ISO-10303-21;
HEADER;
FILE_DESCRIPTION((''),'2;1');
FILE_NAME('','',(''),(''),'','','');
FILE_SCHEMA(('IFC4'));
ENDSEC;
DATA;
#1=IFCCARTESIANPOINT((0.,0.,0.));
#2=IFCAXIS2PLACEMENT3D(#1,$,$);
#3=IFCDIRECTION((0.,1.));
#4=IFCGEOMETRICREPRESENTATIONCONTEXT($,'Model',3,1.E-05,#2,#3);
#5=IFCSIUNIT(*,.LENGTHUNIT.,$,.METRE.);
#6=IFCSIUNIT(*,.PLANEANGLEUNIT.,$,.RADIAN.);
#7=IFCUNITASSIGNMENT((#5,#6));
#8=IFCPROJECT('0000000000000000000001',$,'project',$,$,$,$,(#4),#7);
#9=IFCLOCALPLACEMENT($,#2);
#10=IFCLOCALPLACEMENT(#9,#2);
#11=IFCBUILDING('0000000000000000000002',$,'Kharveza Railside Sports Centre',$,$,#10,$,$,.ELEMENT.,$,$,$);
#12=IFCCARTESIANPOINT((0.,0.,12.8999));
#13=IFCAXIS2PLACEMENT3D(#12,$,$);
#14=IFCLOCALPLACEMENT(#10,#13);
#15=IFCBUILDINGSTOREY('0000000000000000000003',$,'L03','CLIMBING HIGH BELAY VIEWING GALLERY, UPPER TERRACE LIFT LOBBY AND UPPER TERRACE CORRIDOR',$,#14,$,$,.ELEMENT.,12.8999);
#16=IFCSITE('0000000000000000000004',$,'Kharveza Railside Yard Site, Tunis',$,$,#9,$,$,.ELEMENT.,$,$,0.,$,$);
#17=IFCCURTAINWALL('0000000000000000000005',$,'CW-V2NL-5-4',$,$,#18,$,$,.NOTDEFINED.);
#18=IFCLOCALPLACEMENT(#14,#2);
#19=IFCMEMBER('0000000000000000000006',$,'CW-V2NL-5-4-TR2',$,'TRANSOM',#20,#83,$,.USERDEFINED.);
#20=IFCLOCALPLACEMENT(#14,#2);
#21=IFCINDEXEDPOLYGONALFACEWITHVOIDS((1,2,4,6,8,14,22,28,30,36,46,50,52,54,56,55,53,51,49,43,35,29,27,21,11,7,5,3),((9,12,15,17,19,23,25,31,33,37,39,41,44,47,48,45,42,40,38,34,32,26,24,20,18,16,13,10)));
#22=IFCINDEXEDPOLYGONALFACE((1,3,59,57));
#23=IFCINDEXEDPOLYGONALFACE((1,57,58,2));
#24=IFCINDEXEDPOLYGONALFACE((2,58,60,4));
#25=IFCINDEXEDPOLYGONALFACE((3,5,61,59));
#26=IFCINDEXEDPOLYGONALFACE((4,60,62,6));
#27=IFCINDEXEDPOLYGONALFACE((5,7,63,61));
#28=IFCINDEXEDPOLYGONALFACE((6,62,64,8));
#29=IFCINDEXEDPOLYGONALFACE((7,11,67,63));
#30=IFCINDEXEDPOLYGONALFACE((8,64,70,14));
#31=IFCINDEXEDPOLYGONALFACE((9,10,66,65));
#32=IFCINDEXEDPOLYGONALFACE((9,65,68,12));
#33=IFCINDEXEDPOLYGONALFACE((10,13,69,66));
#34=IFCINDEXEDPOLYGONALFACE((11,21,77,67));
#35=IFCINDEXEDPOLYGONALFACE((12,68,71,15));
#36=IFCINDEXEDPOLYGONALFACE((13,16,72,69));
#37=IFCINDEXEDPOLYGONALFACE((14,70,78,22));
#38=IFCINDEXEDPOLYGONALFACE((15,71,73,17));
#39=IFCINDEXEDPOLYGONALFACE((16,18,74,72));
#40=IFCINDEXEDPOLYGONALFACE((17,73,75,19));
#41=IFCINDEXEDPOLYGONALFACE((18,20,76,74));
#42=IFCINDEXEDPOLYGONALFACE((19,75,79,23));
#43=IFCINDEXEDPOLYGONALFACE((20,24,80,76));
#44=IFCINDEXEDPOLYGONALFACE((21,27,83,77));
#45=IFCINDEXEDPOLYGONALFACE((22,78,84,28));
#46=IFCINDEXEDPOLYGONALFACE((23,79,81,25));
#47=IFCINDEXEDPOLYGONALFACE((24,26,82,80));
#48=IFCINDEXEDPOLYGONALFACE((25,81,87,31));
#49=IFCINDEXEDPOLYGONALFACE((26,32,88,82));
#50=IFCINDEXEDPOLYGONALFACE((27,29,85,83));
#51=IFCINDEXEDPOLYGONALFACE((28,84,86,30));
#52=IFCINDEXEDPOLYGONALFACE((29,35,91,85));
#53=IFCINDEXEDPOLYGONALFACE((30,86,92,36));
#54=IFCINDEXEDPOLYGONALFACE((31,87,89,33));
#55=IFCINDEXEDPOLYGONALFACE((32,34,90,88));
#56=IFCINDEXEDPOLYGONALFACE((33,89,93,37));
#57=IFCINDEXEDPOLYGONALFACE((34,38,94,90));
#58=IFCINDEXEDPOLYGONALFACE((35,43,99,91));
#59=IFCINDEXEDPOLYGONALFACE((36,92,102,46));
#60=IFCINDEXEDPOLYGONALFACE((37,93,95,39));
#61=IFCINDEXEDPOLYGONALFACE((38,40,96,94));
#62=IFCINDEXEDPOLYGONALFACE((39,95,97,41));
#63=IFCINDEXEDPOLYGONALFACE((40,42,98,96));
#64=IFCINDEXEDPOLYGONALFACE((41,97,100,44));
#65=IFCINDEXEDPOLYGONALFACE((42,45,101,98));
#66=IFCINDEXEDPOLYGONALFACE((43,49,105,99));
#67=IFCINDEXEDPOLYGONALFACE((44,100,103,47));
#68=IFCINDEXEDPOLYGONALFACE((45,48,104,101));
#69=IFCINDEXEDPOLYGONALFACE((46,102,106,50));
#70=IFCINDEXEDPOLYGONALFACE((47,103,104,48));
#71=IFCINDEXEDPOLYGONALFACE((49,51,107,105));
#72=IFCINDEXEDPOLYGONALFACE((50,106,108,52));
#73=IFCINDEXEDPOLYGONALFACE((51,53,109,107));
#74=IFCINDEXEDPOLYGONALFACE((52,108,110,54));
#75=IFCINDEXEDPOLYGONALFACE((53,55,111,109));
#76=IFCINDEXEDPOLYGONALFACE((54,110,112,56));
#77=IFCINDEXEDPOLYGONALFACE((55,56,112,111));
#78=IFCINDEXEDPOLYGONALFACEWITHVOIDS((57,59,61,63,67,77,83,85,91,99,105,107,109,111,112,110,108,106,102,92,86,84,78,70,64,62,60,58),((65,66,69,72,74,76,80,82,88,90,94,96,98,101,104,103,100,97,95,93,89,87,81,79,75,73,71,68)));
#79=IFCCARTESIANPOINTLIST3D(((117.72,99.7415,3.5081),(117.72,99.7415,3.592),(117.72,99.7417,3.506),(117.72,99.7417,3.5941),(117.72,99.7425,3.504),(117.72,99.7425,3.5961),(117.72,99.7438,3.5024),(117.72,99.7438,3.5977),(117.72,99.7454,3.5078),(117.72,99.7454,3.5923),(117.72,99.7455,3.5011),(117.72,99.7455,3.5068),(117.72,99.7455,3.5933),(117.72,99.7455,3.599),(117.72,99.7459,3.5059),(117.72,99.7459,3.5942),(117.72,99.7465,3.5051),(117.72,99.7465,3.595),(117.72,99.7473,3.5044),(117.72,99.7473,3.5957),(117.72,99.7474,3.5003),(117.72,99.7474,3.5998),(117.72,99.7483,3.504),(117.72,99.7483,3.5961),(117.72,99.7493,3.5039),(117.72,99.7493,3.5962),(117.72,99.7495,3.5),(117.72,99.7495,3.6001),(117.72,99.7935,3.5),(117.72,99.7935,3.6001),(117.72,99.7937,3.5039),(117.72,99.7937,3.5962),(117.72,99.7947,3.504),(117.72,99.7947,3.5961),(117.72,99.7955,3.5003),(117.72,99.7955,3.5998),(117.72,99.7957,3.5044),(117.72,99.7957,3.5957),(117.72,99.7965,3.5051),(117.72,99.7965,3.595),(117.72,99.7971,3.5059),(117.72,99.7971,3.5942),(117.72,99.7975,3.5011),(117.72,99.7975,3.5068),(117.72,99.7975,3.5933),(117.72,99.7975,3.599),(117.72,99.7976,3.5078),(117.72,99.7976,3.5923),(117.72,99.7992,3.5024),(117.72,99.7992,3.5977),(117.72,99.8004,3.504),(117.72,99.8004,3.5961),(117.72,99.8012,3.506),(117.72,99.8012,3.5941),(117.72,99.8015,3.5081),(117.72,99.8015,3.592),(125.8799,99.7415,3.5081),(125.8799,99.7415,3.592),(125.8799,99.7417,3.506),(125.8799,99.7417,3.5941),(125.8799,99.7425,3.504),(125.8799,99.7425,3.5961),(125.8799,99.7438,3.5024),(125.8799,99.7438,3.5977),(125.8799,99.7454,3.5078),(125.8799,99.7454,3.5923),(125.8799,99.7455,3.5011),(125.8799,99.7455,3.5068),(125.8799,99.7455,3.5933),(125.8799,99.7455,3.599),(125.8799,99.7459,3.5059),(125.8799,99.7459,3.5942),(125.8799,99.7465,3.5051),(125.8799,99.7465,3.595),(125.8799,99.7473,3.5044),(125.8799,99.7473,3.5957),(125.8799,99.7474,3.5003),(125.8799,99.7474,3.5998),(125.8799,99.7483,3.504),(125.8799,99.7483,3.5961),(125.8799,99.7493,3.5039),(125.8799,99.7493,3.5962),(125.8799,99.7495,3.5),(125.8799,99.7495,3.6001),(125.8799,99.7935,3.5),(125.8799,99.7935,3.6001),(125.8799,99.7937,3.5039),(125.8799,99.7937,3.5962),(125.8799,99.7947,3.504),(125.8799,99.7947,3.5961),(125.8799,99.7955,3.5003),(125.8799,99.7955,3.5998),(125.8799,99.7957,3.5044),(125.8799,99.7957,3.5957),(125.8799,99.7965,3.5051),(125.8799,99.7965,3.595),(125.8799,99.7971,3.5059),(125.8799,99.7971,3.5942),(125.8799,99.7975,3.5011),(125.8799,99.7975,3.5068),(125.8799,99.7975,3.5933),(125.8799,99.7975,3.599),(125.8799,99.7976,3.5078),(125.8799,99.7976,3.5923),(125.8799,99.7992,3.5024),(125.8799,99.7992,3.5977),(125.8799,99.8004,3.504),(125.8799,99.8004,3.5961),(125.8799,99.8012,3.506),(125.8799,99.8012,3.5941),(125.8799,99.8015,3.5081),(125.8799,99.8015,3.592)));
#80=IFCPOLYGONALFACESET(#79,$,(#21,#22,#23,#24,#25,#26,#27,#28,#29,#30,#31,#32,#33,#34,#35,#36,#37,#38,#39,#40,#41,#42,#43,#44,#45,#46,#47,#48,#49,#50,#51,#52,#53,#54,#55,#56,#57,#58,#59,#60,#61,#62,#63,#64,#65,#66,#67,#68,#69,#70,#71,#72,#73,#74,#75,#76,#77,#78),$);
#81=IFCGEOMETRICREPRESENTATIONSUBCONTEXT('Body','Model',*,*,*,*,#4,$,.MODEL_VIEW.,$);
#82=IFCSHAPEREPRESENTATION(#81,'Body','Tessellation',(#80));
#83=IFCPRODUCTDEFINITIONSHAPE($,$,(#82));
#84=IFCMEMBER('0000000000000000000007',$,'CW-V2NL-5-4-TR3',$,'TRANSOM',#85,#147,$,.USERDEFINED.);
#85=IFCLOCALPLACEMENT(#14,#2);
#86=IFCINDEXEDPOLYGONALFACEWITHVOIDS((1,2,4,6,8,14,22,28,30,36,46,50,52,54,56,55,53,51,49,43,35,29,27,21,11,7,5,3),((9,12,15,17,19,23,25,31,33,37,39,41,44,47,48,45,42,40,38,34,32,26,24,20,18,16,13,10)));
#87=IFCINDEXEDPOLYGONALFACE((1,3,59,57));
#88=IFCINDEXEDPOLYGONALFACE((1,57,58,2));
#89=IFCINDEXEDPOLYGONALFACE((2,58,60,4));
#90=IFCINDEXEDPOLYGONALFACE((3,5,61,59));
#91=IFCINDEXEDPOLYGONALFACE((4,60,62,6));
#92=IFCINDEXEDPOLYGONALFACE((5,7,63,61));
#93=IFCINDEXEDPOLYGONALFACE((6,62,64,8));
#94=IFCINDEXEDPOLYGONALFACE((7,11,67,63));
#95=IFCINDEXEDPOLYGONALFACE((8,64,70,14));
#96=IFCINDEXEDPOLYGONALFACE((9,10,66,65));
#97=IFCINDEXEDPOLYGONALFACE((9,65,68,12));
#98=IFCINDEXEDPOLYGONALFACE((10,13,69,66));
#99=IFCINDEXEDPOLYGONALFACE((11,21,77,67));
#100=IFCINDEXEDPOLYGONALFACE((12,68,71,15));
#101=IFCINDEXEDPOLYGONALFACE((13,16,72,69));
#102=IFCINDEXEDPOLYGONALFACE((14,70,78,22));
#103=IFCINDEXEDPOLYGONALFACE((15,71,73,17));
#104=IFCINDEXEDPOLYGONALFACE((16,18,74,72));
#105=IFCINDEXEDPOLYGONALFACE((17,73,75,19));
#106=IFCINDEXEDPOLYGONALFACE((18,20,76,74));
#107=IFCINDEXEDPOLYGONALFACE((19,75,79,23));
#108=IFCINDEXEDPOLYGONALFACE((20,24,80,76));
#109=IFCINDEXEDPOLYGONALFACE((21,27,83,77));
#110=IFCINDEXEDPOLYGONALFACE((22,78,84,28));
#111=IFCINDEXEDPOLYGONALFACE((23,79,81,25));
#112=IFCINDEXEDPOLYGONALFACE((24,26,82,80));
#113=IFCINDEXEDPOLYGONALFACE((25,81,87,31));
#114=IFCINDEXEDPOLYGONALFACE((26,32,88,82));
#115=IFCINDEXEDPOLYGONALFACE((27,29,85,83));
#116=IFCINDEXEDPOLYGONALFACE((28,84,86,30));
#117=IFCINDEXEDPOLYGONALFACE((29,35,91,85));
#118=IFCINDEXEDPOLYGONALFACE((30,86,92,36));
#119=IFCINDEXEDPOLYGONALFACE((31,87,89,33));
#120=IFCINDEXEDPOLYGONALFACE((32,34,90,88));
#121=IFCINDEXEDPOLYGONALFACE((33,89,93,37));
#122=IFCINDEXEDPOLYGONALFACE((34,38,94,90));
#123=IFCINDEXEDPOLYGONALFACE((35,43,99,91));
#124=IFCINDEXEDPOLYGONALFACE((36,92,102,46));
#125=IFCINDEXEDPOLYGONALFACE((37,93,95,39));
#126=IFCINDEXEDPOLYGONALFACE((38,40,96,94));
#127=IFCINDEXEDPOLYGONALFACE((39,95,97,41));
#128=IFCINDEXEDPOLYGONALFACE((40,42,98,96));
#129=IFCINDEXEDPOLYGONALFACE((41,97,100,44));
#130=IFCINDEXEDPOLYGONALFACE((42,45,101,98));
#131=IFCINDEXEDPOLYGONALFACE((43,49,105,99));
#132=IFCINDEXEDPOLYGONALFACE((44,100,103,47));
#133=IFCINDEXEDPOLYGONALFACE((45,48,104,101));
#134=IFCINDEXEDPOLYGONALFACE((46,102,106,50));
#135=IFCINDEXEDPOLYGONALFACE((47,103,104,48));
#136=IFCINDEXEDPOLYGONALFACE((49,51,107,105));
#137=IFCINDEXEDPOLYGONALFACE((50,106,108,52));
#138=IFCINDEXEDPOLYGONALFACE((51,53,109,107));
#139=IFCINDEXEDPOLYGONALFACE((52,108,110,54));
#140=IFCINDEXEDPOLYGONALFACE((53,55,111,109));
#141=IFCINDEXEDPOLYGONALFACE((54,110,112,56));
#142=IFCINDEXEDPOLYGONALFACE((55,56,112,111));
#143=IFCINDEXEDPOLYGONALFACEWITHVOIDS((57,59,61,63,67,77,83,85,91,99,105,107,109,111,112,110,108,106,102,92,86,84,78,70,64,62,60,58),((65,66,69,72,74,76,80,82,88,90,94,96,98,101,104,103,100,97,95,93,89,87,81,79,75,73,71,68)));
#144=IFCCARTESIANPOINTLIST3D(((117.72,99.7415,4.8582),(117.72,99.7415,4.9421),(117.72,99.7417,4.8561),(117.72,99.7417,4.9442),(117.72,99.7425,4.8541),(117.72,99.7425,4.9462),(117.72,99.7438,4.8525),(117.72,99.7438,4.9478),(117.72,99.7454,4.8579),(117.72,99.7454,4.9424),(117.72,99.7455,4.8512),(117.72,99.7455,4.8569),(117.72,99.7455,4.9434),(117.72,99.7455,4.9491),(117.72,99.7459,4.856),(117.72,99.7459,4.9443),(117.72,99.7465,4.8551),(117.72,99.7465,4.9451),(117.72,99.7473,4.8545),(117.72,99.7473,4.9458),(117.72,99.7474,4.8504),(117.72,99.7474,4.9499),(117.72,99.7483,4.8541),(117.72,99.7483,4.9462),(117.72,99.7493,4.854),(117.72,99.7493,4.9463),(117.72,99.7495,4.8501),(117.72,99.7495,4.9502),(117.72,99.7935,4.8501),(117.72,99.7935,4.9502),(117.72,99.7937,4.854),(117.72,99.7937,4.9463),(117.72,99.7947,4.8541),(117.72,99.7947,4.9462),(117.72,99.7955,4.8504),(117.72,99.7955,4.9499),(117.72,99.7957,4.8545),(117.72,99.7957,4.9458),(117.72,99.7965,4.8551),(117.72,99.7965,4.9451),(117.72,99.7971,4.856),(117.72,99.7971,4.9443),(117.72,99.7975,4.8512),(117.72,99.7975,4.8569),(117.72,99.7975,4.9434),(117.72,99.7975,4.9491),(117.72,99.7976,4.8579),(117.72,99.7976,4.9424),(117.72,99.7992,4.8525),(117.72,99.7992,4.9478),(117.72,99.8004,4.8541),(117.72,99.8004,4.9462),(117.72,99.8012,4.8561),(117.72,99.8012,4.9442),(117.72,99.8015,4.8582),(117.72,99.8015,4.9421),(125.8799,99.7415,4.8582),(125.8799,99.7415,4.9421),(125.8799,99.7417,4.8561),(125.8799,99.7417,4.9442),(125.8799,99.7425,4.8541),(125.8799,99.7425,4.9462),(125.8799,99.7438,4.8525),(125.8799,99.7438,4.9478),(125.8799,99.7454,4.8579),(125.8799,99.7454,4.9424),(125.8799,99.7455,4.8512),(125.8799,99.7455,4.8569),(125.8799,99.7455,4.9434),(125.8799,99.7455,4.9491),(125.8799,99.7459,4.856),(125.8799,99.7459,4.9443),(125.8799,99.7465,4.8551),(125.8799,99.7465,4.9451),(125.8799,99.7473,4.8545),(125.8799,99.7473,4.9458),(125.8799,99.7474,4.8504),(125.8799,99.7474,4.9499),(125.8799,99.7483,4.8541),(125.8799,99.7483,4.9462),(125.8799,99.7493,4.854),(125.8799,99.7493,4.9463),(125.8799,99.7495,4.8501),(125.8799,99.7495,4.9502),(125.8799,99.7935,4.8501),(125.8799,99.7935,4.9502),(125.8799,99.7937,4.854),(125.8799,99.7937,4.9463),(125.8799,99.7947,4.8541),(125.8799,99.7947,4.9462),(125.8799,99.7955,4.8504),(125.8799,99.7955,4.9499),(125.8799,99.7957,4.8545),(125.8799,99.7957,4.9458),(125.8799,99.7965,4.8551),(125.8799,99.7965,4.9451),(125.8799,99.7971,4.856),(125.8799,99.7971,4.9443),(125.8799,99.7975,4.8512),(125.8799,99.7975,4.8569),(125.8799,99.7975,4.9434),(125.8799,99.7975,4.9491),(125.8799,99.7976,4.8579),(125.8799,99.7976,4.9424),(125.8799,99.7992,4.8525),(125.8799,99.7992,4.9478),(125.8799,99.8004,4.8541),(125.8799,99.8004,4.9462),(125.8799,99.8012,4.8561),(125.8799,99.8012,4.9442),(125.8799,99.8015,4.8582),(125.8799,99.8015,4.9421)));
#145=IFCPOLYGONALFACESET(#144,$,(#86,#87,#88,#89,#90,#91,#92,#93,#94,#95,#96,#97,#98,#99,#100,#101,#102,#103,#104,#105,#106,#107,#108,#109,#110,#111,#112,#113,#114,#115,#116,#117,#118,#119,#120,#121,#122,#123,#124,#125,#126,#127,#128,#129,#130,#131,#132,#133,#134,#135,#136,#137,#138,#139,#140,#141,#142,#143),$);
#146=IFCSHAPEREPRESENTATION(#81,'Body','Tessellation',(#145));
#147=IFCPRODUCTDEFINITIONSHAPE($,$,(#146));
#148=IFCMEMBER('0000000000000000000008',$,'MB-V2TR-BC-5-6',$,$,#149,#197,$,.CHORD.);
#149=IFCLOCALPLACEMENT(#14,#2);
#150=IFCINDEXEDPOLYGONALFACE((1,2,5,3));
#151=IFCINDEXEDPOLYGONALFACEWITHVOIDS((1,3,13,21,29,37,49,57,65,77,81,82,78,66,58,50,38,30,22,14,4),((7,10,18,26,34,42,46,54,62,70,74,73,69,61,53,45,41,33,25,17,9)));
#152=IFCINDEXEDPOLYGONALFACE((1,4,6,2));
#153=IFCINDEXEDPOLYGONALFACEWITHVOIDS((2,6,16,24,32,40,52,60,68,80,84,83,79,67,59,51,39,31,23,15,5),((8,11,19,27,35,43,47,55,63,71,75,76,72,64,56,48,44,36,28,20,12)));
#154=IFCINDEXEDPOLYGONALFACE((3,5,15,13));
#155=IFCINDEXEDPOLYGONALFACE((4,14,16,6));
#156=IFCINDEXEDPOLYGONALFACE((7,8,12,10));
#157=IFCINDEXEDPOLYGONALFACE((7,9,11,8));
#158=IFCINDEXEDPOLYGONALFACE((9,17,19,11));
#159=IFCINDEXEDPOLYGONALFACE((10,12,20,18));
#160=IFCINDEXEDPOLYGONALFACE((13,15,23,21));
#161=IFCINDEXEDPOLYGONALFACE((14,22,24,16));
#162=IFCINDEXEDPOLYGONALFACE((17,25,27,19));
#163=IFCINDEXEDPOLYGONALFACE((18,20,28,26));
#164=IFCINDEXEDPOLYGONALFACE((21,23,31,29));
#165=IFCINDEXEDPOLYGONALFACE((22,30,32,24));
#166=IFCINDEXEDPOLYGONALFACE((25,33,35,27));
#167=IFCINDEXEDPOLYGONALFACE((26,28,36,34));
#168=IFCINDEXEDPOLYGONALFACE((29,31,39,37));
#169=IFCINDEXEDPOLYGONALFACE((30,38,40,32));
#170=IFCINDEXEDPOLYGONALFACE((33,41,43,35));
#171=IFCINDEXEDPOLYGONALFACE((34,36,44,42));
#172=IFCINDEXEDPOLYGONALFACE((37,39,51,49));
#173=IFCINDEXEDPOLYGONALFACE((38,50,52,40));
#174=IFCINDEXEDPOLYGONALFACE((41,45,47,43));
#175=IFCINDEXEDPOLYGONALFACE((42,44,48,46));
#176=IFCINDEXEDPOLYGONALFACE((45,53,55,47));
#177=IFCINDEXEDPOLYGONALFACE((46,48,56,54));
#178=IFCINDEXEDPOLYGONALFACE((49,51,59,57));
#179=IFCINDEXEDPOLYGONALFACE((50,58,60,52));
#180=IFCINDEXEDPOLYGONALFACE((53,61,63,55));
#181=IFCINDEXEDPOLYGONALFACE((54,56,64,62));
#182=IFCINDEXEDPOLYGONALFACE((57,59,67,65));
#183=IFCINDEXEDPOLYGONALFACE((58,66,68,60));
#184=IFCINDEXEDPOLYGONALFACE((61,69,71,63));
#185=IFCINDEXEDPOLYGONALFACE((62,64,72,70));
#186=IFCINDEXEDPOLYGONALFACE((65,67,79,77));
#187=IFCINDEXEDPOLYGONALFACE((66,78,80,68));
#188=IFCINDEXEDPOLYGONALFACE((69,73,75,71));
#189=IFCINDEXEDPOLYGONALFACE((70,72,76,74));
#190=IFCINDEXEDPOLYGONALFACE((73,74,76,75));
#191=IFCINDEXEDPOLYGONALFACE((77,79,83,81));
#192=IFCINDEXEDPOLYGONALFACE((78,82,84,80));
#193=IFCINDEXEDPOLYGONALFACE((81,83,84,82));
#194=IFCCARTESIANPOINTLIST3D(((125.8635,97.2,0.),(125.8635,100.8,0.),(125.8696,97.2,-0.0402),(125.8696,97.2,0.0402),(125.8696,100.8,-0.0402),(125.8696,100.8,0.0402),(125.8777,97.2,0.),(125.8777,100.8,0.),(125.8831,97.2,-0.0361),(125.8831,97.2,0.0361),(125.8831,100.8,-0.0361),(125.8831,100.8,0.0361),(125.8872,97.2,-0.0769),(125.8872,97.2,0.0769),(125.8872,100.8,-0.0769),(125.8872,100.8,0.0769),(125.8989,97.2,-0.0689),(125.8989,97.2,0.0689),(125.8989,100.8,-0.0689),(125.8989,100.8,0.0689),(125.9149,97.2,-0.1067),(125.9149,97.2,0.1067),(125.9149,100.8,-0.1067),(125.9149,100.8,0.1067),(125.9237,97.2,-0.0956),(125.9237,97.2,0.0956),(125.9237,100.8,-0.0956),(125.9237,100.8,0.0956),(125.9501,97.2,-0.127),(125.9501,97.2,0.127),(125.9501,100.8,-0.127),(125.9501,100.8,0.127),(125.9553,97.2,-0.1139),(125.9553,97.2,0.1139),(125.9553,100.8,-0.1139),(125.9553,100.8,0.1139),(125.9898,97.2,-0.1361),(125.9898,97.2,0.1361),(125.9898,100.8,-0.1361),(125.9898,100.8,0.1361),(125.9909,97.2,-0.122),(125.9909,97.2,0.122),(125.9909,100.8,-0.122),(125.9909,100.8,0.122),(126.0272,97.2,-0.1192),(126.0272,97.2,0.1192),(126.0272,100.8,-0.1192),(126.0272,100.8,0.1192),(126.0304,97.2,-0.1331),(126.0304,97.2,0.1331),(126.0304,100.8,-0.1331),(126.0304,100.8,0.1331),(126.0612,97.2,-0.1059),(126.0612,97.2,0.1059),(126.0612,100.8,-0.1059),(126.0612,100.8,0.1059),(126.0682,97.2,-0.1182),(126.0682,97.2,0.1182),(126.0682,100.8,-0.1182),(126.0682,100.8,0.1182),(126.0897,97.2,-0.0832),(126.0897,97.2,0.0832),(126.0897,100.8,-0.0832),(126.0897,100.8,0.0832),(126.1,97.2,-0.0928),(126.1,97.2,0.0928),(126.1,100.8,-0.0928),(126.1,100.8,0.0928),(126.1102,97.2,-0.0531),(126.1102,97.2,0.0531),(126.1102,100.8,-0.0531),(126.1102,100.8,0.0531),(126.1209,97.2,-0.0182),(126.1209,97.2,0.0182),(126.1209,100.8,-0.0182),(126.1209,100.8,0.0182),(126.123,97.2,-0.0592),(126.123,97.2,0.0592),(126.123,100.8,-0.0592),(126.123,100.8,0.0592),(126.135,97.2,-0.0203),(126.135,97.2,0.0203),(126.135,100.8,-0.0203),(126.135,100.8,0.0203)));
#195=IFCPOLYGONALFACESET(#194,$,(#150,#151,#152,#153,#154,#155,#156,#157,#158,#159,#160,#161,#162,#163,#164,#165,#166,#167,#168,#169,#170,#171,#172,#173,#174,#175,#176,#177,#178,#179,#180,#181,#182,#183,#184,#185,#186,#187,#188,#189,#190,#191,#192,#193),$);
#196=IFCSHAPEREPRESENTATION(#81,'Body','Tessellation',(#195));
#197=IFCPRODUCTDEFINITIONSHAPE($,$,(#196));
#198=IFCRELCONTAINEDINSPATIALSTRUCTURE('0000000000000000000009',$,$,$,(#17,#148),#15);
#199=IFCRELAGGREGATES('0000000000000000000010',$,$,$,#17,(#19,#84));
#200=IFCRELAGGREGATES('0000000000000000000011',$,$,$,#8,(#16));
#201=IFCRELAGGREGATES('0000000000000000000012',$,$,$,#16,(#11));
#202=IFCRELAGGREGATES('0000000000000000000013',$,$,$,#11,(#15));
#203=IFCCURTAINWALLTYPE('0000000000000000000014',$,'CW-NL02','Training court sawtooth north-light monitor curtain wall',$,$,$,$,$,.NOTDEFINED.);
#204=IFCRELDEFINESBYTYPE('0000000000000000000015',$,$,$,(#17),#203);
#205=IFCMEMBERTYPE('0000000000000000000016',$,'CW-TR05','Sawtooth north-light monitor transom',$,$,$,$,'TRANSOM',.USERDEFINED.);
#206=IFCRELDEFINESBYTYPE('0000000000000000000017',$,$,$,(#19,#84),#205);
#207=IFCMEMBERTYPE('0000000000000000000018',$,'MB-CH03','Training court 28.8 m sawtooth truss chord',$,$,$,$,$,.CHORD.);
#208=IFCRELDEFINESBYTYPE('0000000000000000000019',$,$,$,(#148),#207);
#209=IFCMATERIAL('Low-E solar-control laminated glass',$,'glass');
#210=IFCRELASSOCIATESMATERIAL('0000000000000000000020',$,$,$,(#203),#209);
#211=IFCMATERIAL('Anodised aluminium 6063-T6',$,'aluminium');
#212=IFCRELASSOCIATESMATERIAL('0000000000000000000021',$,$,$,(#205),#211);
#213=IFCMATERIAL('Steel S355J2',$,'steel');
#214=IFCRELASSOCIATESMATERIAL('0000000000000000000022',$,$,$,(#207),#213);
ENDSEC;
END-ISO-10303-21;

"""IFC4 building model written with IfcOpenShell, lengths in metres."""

from ifc_helpers import new_model, si_unit, direction, frame, origin, origin_2d, place, context, subcontext, project, spatial, hollow_rectangle, hollow_circle, extrude, material, material_profile, profile_set, type_object, element, aggregate, save


model = new_model("IFC4")

# Units and contexts
model_context = context("Model", 3, precision=1e-05, world=origin(), true_north=direction((0.0, 1.0)))
body_context = subcontext(model_context, "Body", "Model", "MODEL_VIEW")
ifc_project = project(units=[si_unit("LENGTHUNIT", "METRE"), si_unit("PLANEANGLEUNIT", "RADIAN")], contexts=[model_context])

# Site, building, storey
site_placement = place(None, origin())
site = spatial("IfcSite", under=ifc_project, at=site_placement, Name="Kharveza Railside Yard Site, Tunis", CompositionType="ELEMENT", RefElevation=0.0)
building_placement = place(site_placement, origin())
building = spatial("IfcBuilding", under=site, at=building_placement, Name="Kharveza Railside Sports Centre", CompositionType="ELEMENT")
storey_placement = place(building_placement, frame((0.0, 0.0, 12.8999)))
storey = spatial("IfcBuildingStorey", under=building, at=storey_placement, Name="L03", Description="CLIMBING HIGH BELAY VIEWING GALLERY, UPPER TERRACE LIFT LOBBY AND UPPER TERRACE CORRIDOR", CompositionType="ELEMENT", Elevation=12.8999)

# Shared definitions
ifc_material_1 = material(Name="Steel S355J2", Category="steel")

# Curtain wall, members
ifc_material_2 = material(Name="Low-E solar-control laminated glass", Category="glass")
curtain_wall_type = type_object("IfcCurtainWallType", Name="CW-NL02", Description="Training court sawtooth north-light monitor curtain wall", PredefinedType="NOTDEFINED", material=ifc_material_2)
ifc_material_3 = material(Name="Anodised aluminium 6063-T6", Category="aluminium")
curtain_wall_1_placement = place(storey_placement, origin())
curtain_wall_1 = element("IfcCurtainWall", 1, at=curtain_wall_1_placement, inside=storey, type_object=curtain_wall_type, Name="CW-V2NL-5-4", PredefinedType="NOTDEFINED")
ifc_material_profile_1 = material_profile(ifc_material_3, hollow_rectangle(XDim=0.0601, YDim=0.1001, WallThickness=0.0039, InnerFilletRadius=0.0039, OuterFilletRadius=0.0081, at=origin_2d()), Name="RHS 60x100x4.0")
ifc_profile_set_1 = profile_set([ifc_material_profile_1], Name="Anodised aluminium 6063-T6")
member_type_1 = type_object("IfcMemberType", Name="CW-TR05", Description="Sawtooth north-light monitor transom", ElementType="TRANSOM", PredefinedType="USERDEFINED", material=ifc_profile_set_1)
member_1_placement = place(storey_placement, frame((117.72, 99.7715, 3.55), z_axis=(1.0, 0.0, 0.0), x_axis=(0.0, 1.0, 0.0)))
member_1 = element("IfcMember", 2, at=member_1_placement, type_object=member_type_1, Name="CW-V2NL-5-4-TR2", ObjectType="TRANSOM", PredefinedType="USERDEFINED", context=body_context, shape_type="SweptSolid", body=[
    extrude(hollow_rectangle(XDim=0.0601, YDim=0.1001, WallThickness=0.0039, InnerFilletRadius=0.0039, OuterFilletRadius=0.0081, at=origin_2d()), origin(), (0.0, 0.0, 1.0), 8.1599),
])
member_2_placement = place(storey_placement, frame((117.72, 99.7715, 4.9001), z_axis=(1.0, 0.0, 0.0), x_axis=(0.0, 1.0, 0.0)))
member_2 = element("IfcMember", 3, at=member_2_placement, type_object=member_type_1, Name="CW-V2NL-5-4-TR3", ObjectType="TRANSOM", PredefinedType="USERDEFINED", context=body_context, shape_type="SweptSolid", body=[
    extrude(hollow_rectangle(XDim=0.0601, YDim=0.1001, WallThickness=0.0039, InnerFilletRadius=0.0039, OuterFilletRadius=0.0081, at=origin_2d()), origin(), (0.0, 0.0, 1.0), 8.1599),
])

# Member
ifc_material_profile_2 = material_profile(ifc_material_1, hollow_circle(Radius=0.1365, WallThickness=0.0142, at=origin_2d()), Name="CHS 273.0x14.2")
ifc_profile_set_2 = profile_set([ifc_material_profile_2], Name="Steel S355J2")
member_type_2 = type_object("IfcMemberType", Name="MB-CH03", Description="Training court 28.8 m sawtooth truss chord", PredefinedType="CHORD", material=ifc_profile_set_2)
for number, where, z_axis, x_axis, name in (
    (4, (126.0, 97.2, 0.0), (0.0, 1.0, 0.0), (-1.0, 0.0, 0.0), "MB-V2TR-BC-5-6"),
):
    element("IfcMember", number, at=place(storey_placement, frame(where, z_axis=z_axis, x_axis=x_axis)), inside=storey, type_object=member_type_2, Name=name, PredefinedType="CHORD", context=body_context, shape_type="SweptSolid", body=[
        extrude(hollow_circle(Radius=0.1365, WallThickness=0.0142, at=origin_2d()), origin(), (0.0, 0.0, 1.0), 3.6001),
    ])

aggregate(curtain_wall_1, [member_1, member_2])

save(model, "model.ifc")
